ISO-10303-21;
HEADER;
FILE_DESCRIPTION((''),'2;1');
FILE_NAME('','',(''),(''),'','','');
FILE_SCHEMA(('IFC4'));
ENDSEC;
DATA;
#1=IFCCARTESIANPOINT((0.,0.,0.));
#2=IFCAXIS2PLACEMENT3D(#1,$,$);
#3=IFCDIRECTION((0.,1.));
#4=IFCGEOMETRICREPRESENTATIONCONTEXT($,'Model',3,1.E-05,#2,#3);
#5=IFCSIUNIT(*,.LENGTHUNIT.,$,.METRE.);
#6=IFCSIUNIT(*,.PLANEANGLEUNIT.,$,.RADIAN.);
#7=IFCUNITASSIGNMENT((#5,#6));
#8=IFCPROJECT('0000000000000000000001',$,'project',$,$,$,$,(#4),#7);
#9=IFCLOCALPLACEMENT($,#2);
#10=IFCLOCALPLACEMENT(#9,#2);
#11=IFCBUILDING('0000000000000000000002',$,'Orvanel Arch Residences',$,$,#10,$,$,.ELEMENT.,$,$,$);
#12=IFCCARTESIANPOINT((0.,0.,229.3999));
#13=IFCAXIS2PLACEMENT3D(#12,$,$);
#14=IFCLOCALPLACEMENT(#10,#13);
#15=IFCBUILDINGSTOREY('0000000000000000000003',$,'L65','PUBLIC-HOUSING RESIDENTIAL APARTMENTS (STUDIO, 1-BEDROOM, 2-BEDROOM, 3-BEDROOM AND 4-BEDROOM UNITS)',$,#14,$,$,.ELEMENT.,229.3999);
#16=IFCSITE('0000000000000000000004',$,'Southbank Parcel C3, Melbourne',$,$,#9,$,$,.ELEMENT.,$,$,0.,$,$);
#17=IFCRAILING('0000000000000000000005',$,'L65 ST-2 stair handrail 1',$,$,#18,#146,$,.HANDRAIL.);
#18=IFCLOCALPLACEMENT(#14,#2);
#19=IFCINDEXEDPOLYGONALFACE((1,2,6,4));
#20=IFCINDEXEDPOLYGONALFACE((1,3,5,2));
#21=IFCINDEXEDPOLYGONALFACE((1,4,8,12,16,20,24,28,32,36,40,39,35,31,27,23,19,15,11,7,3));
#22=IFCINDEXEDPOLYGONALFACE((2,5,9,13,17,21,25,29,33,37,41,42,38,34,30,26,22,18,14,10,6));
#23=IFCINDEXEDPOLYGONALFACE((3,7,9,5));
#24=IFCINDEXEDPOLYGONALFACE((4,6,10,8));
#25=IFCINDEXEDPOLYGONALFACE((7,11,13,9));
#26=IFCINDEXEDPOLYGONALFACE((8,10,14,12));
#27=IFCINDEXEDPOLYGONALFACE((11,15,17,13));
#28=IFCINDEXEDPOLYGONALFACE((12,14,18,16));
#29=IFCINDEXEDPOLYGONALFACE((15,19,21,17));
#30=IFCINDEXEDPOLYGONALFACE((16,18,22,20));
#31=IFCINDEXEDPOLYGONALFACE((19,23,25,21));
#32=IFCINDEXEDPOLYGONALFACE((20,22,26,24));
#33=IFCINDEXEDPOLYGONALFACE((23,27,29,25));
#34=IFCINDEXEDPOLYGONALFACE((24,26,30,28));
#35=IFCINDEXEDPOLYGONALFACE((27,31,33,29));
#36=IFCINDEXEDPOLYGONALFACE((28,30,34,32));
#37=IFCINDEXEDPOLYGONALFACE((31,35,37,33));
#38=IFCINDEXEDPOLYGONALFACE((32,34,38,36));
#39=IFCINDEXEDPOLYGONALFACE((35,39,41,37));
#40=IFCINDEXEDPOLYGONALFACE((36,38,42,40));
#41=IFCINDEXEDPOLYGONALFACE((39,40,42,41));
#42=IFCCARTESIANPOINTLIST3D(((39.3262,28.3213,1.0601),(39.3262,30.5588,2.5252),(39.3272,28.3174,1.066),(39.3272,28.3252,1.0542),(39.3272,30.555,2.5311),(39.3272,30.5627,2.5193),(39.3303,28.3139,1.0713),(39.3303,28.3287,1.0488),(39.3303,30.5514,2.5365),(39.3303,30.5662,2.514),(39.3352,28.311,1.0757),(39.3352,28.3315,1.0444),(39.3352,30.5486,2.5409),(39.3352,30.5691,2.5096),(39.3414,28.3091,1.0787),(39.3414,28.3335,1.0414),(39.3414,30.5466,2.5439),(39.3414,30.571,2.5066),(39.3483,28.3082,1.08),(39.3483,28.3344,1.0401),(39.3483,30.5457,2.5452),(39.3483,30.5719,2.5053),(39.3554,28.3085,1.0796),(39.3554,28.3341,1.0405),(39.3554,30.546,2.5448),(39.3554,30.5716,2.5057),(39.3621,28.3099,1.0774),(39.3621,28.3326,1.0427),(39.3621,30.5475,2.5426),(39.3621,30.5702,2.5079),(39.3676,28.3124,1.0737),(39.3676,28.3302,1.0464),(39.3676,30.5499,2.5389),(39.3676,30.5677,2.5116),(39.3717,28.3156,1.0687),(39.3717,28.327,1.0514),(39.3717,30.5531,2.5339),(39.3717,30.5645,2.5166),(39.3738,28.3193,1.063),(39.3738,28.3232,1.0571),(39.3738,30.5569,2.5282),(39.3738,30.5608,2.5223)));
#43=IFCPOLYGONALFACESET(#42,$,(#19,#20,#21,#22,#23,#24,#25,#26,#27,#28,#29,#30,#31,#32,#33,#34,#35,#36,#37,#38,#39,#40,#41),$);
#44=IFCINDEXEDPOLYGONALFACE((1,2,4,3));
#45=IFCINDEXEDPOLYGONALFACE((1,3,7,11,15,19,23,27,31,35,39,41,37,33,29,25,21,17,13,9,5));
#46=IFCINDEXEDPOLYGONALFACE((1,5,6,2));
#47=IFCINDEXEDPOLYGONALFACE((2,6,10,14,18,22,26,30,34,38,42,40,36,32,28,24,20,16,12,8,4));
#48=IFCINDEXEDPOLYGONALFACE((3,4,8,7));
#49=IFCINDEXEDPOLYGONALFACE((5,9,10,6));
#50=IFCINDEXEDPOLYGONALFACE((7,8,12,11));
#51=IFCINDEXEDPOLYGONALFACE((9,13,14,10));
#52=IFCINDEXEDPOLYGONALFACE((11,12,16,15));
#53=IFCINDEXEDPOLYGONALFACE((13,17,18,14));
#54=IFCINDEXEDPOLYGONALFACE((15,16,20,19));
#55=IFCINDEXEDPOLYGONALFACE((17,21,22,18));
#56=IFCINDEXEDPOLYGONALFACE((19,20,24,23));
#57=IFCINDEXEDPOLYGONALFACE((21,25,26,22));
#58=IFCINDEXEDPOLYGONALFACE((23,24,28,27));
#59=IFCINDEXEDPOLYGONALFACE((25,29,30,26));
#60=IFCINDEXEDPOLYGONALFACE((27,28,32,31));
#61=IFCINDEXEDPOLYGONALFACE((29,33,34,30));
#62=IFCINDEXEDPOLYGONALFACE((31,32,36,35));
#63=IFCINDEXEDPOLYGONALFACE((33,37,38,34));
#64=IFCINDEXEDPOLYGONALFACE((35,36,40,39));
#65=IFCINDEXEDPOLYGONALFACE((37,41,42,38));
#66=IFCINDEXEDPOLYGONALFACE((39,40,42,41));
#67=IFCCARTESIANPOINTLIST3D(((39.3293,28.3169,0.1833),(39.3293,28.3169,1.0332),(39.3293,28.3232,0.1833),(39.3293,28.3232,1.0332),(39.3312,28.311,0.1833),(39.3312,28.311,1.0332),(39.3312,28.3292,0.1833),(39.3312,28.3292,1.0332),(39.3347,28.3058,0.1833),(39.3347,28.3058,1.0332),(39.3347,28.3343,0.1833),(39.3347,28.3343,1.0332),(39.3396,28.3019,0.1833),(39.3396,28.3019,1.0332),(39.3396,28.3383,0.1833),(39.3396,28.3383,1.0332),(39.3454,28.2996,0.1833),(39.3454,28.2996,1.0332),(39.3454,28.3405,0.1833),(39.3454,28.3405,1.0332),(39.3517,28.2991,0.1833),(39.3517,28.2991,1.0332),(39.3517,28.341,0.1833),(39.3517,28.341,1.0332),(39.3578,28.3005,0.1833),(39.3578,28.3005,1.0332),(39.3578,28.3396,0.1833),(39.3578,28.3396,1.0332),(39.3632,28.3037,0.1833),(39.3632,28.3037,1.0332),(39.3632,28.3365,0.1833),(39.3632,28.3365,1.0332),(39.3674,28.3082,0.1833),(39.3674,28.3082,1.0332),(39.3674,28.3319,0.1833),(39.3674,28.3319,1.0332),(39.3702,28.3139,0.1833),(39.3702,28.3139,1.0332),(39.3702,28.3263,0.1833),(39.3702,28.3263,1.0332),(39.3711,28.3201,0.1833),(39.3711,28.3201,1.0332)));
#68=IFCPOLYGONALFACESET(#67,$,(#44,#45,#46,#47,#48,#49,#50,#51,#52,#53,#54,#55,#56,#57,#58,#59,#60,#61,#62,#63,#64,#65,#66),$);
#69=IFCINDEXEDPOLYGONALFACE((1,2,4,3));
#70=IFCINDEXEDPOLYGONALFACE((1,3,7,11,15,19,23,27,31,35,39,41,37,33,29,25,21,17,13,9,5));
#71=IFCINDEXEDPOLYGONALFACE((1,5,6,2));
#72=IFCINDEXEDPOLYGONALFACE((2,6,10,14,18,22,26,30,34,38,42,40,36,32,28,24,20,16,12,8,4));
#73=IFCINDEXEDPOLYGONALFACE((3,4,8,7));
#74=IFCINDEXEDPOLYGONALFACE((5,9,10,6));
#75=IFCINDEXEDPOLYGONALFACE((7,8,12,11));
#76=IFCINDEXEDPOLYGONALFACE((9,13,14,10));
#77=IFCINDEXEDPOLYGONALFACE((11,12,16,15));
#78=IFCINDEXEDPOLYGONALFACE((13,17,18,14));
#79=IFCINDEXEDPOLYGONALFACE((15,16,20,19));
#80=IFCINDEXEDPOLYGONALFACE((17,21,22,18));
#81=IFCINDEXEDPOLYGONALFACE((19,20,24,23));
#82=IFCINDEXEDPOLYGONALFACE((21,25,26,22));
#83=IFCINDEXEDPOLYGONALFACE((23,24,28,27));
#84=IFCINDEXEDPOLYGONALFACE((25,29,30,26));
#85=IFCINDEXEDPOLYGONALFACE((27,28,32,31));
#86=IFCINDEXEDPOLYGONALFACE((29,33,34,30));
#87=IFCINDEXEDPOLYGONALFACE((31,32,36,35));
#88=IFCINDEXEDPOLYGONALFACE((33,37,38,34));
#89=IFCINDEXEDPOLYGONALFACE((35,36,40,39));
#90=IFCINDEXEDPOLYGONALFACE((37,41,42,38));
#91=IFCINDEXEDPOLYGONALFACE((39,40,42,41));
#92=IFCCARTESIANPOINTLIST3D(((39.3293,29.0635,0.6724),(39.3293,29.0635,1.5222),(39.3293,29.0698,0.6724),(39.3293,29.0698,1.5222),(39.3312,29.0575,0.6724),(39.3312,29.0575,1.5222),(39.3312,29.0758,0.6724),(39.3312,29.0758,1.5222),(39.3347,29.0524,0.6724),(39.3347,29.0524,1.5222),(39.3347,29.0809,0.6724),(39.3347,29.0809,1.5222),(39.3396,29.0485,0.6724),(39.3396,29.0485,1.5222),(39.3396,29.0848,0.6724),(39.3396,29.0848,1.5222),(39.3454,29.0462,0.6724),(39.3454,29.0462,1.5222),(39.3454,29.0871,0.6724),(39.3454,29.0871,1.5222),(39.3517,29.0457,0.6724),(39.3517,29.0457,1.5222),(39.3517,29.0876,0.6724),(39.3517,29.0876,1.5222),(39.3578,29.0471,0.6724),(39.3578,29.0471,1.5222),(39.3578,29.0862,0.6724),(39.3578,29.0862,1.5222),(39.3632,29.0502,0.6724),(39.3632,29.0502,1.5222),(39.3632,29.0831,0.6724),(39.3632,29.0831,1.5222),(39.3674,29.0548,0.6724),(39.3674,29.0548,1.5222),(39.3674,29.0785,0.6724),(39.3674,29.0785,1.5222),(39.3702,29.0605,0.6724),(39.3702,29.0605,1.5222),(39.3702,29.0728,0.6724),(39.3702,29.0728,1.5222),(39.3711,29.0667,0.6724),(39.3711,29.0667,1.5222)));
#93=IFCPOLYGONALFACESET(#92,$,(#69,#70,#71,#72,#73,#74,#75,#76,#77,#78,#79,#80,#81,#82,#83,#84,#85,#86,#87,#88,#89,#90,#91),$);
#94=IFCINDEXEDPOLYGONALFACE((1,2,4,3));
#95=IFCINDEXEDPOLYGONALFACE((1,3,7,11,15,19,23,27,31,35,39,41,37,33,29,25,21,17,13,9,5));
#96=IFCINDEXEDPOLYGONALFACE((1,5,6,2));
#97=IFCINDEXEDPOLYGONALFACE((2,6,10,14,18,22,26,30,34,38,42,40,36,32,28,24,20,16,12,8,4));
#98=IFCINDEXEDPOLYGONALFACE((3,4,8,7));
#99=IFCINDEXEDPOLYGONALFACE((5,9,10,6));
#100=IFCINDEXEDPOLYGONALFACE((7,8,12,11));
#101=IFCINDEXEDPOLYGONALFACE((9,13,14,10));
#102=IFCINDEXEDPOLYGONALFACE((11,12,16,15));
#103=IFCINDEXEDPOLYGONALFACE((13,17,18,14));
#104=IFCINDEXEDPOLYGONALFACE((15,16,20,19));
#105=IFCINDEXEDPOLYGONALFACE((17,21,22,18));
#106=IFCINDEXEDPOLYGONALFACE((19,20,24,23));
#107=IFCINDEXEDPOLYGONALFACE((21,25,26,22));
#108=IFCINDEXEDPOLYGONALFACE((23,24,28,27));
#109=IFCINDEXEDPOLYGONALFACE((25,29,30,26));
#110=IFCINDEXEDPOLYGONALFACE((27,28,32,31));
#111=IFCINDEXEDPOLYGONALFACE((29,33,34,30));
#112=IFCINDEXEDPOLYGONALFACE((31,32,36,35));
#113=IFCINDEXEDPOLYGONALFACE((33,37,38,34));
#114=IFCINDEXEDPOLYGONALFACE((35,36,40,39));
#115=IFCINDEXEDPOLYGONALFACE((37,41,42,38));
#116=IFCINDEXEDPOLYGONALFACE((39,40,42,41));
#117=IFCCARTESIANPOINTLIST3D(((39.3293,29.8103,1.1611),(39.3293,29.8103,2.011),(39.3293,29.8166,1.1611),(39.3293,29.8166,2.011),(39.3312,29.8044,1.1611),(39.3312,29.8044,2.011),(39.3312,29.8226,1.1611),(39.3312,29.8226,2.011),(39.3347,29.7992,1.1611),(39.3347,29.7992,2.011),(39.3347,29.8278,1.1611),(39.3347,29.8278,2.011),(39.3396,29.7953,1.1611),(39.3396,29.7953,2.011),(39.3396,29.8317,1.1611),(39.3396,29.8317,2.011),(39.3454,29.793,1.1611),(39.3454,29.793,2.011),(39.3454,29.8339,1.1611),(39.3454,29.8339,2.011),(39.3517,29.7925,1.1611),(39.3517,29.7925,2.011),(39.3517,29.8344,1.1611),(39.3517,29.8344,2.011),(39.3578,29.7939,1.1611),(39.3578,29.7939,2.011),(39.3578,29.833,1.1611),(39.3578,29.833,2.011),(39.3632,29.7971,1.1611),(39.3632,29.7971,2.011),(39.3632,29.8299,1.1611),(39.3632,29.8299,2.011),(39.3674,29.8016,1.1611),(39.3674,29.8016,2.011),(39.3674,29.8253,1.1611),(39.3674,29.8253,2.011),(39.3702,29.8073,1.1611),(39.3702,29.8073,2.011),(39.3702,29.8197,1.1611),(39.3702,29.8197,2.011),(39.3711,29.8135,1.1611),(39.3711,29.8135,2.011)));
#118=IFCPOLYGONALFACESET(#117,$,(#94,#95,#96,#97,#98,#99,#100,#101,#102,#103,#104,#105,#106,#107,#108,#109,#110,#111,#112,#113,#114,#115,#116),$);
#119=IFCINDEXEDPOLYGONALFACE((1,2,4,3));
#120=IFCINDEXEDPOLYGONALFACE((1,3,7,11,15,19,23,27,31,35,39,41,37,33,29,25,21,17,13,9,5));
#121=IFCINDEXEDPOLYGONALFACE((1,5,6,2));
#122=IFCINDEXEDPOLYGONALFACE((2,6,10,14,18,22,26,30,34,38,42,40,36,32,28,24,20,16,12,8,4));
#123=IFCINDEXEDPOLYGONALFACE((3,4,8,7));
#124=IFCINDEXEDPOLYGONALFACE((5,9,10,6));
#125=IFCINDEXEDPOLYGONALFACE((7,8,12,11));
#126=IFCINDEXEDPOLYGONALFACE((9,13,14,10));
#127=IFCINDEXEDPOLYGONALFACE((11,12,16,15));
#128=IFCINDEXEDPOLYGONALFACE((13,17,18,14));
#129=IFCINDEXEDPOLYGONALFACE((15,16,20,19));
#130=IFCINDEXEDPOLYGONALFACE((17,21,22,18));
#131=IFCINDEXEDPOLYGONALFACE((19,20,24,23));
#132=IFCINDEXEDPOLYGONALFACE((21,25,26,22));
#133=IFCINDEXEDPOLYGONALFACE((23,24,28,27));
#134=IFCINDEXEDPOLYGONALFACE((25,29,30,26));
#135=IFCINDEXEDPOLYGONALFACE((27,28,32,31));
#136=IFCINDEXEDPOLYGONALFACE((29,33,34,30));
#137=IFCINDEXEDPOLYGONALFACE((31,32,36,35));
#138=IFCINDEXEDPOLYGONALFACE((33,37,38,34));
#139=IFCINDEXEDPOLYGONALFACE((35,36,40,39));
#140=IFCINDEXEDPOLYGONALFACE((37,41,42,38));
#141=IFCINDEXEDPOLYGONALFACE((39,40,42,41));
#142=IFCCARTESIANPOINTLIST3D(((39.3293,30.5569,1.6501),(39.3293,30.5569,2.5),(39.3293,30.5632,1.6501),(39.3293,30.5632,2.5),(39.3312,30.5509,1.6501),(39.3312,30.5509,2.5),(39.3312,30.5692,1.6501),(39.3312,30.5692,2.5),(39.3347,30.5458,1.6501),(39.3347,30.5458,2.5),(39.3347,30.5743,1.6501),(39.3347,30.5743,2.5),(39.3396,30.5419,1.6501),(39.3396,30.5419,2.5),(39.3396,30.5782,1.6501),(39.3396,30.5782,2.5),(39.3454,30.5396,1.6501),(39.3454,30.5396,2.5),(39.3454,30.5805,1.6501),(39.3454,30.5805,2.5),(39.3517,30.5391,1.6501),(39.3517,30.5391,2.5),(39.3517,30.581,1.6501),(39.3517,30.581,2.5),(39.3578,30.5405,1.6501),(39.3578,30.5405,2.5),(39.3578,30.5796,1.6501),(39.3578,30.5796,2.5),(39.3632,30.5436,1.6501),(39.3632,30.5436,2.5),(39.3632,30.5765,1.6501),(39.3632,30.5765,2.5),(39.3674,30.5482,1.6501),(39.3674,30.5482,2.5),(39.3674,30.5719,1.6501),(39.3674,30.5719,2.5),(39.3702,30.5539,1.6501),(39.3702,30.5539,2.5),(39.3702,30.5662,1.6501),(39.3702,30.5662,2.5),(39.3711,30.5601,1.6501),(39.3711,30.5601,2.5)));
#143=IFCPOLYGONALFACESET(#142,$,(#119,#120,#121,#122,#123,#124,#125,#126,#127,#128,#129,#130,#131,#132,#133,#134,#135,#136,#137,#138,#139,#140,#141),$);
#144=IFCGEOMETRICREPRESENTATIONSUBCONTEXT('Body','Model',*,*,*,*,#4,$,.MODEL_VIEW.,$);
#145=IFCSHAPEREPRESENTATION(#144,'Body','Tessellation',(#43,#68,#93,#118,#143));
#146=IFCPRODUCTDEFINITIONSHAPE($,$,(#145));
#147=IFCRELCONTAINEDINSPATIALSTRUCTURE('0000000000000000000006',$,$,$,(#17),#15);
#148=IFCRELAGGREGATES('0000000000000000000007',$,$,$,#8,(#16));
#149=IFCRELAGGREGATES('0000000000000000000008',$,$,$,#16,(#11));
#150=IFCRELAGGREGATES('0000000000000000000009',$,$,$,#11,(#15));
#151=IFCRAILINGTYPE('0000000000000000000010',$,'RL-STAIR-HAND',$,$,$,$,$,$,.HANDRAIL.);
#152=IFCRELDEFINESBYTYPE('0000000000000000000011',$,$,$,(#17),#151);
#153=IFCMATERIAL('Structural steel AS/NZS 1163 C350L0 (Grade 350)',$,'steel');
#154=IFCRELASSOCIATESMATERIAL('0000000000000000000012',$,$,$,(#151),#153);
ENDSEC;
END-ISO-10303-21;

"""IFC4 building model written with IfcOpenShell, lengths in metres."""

from ifc_helpers import new_model, si_unit, direction, frame, origin, origin_2d, place, context, subcontext, project, spatial, circle, extrude, material, type_object, element, save


model = new_model("IFC4")

# Units and contexts
model_context = context("Model", 3, precision=1e-05, world=origin(), true_north=direction((0.0, 1.0)))
body_context = subcontext(model_context, "Body", "Model", "MODEL_VIEW")
ifc_project = project(units=[si_unit("LENGTHUNIT", "METRE"), si_unit("PLANEANGLEUNIT", "RADIAN")], contexts=[model_context])

# Site, building, storey
site_placement = place(None, origin())
site = spatial("IfcSite", under=ifc_project, at=site_placement, Name="Southbank Parcel C3, Melbourne", CompositionType="ELEMENT", RefElevation=0.0)
building_placement = place(site_placement, origin())
building = spatial("IfcBuilding", under=site, at=building_placement, Name="Orvanel Arch Residences", CompositionType="ELEMENT")
storey_placement = place(building_placement, frame((0.0, 0.0, 229.3999)))
storey = spatial("IfcBuildingStorey", under=building, at=storey_placement, Name="L65", Description="PUBLIC-HOUSING RESIDENTIAL APARTMENTS (STUDIO, 1-BEDROOM, 2-BEDROOM, 3-BEDROOM AND 4-BEDROOM UNITS)", CompositionType="ELEMENT", Elevation=229.3999)

# Shared definitions
ifc_material_1 = material(Name="Structural steel AS/NZS 1163 C350L0 (Grade 350)", Category="steel")

# Railing
railing_type_1 = type_object("IfcRailingType", Name="RL-STAIR-HAND", PredefinedType="HANDRAIL", material=ifc_material_1)
railing_1_placement = place(storey_placement, frame((39.3501, 28.3201, 0.1833)))
element("IfcRailing", 1, at=railing_1_placement, inside=storey, type_object=railing_type_1, Name="L65 ST-2 stair handrail 1", PredefinedType="HANDRAIL", context=body_context, shape_type="SweptSolid", body=[
    extrude(circle(Radius=0.0239, at=origin_2d()), frame((0.0, 0.0012, 0.8767), z_axis=(0.0, 0.836595, 0.547822), x_axis=(-1.0, 0.0, 0.0)), (0.0, 0.0, 1.0), 2.6746),
    extrude(circle(Radius=0.021, at=origin_2d()), origin(), (0.0, 0.0, 1.0), 0.8499),
    extrude(circle(Radius=0.021, at=origin_2d()), frame((0.0, 0.7466, 0.489)), (0.0, 0.0, 1.0), 0.8499),
    extrude(circle(Radius=0.021, at=origin_2d()), frame((0.0, 1.4934, 0.9778)), (0.0, 0.0, 1.0), 0.8499),
    extrude(circle(Radius=0.021, at=origin_2d()), frame((0.0, 2.24, 1.4668)), (0.0, 0.0, 1.0), 0.8499),
])

save(model, "model.ifc")
